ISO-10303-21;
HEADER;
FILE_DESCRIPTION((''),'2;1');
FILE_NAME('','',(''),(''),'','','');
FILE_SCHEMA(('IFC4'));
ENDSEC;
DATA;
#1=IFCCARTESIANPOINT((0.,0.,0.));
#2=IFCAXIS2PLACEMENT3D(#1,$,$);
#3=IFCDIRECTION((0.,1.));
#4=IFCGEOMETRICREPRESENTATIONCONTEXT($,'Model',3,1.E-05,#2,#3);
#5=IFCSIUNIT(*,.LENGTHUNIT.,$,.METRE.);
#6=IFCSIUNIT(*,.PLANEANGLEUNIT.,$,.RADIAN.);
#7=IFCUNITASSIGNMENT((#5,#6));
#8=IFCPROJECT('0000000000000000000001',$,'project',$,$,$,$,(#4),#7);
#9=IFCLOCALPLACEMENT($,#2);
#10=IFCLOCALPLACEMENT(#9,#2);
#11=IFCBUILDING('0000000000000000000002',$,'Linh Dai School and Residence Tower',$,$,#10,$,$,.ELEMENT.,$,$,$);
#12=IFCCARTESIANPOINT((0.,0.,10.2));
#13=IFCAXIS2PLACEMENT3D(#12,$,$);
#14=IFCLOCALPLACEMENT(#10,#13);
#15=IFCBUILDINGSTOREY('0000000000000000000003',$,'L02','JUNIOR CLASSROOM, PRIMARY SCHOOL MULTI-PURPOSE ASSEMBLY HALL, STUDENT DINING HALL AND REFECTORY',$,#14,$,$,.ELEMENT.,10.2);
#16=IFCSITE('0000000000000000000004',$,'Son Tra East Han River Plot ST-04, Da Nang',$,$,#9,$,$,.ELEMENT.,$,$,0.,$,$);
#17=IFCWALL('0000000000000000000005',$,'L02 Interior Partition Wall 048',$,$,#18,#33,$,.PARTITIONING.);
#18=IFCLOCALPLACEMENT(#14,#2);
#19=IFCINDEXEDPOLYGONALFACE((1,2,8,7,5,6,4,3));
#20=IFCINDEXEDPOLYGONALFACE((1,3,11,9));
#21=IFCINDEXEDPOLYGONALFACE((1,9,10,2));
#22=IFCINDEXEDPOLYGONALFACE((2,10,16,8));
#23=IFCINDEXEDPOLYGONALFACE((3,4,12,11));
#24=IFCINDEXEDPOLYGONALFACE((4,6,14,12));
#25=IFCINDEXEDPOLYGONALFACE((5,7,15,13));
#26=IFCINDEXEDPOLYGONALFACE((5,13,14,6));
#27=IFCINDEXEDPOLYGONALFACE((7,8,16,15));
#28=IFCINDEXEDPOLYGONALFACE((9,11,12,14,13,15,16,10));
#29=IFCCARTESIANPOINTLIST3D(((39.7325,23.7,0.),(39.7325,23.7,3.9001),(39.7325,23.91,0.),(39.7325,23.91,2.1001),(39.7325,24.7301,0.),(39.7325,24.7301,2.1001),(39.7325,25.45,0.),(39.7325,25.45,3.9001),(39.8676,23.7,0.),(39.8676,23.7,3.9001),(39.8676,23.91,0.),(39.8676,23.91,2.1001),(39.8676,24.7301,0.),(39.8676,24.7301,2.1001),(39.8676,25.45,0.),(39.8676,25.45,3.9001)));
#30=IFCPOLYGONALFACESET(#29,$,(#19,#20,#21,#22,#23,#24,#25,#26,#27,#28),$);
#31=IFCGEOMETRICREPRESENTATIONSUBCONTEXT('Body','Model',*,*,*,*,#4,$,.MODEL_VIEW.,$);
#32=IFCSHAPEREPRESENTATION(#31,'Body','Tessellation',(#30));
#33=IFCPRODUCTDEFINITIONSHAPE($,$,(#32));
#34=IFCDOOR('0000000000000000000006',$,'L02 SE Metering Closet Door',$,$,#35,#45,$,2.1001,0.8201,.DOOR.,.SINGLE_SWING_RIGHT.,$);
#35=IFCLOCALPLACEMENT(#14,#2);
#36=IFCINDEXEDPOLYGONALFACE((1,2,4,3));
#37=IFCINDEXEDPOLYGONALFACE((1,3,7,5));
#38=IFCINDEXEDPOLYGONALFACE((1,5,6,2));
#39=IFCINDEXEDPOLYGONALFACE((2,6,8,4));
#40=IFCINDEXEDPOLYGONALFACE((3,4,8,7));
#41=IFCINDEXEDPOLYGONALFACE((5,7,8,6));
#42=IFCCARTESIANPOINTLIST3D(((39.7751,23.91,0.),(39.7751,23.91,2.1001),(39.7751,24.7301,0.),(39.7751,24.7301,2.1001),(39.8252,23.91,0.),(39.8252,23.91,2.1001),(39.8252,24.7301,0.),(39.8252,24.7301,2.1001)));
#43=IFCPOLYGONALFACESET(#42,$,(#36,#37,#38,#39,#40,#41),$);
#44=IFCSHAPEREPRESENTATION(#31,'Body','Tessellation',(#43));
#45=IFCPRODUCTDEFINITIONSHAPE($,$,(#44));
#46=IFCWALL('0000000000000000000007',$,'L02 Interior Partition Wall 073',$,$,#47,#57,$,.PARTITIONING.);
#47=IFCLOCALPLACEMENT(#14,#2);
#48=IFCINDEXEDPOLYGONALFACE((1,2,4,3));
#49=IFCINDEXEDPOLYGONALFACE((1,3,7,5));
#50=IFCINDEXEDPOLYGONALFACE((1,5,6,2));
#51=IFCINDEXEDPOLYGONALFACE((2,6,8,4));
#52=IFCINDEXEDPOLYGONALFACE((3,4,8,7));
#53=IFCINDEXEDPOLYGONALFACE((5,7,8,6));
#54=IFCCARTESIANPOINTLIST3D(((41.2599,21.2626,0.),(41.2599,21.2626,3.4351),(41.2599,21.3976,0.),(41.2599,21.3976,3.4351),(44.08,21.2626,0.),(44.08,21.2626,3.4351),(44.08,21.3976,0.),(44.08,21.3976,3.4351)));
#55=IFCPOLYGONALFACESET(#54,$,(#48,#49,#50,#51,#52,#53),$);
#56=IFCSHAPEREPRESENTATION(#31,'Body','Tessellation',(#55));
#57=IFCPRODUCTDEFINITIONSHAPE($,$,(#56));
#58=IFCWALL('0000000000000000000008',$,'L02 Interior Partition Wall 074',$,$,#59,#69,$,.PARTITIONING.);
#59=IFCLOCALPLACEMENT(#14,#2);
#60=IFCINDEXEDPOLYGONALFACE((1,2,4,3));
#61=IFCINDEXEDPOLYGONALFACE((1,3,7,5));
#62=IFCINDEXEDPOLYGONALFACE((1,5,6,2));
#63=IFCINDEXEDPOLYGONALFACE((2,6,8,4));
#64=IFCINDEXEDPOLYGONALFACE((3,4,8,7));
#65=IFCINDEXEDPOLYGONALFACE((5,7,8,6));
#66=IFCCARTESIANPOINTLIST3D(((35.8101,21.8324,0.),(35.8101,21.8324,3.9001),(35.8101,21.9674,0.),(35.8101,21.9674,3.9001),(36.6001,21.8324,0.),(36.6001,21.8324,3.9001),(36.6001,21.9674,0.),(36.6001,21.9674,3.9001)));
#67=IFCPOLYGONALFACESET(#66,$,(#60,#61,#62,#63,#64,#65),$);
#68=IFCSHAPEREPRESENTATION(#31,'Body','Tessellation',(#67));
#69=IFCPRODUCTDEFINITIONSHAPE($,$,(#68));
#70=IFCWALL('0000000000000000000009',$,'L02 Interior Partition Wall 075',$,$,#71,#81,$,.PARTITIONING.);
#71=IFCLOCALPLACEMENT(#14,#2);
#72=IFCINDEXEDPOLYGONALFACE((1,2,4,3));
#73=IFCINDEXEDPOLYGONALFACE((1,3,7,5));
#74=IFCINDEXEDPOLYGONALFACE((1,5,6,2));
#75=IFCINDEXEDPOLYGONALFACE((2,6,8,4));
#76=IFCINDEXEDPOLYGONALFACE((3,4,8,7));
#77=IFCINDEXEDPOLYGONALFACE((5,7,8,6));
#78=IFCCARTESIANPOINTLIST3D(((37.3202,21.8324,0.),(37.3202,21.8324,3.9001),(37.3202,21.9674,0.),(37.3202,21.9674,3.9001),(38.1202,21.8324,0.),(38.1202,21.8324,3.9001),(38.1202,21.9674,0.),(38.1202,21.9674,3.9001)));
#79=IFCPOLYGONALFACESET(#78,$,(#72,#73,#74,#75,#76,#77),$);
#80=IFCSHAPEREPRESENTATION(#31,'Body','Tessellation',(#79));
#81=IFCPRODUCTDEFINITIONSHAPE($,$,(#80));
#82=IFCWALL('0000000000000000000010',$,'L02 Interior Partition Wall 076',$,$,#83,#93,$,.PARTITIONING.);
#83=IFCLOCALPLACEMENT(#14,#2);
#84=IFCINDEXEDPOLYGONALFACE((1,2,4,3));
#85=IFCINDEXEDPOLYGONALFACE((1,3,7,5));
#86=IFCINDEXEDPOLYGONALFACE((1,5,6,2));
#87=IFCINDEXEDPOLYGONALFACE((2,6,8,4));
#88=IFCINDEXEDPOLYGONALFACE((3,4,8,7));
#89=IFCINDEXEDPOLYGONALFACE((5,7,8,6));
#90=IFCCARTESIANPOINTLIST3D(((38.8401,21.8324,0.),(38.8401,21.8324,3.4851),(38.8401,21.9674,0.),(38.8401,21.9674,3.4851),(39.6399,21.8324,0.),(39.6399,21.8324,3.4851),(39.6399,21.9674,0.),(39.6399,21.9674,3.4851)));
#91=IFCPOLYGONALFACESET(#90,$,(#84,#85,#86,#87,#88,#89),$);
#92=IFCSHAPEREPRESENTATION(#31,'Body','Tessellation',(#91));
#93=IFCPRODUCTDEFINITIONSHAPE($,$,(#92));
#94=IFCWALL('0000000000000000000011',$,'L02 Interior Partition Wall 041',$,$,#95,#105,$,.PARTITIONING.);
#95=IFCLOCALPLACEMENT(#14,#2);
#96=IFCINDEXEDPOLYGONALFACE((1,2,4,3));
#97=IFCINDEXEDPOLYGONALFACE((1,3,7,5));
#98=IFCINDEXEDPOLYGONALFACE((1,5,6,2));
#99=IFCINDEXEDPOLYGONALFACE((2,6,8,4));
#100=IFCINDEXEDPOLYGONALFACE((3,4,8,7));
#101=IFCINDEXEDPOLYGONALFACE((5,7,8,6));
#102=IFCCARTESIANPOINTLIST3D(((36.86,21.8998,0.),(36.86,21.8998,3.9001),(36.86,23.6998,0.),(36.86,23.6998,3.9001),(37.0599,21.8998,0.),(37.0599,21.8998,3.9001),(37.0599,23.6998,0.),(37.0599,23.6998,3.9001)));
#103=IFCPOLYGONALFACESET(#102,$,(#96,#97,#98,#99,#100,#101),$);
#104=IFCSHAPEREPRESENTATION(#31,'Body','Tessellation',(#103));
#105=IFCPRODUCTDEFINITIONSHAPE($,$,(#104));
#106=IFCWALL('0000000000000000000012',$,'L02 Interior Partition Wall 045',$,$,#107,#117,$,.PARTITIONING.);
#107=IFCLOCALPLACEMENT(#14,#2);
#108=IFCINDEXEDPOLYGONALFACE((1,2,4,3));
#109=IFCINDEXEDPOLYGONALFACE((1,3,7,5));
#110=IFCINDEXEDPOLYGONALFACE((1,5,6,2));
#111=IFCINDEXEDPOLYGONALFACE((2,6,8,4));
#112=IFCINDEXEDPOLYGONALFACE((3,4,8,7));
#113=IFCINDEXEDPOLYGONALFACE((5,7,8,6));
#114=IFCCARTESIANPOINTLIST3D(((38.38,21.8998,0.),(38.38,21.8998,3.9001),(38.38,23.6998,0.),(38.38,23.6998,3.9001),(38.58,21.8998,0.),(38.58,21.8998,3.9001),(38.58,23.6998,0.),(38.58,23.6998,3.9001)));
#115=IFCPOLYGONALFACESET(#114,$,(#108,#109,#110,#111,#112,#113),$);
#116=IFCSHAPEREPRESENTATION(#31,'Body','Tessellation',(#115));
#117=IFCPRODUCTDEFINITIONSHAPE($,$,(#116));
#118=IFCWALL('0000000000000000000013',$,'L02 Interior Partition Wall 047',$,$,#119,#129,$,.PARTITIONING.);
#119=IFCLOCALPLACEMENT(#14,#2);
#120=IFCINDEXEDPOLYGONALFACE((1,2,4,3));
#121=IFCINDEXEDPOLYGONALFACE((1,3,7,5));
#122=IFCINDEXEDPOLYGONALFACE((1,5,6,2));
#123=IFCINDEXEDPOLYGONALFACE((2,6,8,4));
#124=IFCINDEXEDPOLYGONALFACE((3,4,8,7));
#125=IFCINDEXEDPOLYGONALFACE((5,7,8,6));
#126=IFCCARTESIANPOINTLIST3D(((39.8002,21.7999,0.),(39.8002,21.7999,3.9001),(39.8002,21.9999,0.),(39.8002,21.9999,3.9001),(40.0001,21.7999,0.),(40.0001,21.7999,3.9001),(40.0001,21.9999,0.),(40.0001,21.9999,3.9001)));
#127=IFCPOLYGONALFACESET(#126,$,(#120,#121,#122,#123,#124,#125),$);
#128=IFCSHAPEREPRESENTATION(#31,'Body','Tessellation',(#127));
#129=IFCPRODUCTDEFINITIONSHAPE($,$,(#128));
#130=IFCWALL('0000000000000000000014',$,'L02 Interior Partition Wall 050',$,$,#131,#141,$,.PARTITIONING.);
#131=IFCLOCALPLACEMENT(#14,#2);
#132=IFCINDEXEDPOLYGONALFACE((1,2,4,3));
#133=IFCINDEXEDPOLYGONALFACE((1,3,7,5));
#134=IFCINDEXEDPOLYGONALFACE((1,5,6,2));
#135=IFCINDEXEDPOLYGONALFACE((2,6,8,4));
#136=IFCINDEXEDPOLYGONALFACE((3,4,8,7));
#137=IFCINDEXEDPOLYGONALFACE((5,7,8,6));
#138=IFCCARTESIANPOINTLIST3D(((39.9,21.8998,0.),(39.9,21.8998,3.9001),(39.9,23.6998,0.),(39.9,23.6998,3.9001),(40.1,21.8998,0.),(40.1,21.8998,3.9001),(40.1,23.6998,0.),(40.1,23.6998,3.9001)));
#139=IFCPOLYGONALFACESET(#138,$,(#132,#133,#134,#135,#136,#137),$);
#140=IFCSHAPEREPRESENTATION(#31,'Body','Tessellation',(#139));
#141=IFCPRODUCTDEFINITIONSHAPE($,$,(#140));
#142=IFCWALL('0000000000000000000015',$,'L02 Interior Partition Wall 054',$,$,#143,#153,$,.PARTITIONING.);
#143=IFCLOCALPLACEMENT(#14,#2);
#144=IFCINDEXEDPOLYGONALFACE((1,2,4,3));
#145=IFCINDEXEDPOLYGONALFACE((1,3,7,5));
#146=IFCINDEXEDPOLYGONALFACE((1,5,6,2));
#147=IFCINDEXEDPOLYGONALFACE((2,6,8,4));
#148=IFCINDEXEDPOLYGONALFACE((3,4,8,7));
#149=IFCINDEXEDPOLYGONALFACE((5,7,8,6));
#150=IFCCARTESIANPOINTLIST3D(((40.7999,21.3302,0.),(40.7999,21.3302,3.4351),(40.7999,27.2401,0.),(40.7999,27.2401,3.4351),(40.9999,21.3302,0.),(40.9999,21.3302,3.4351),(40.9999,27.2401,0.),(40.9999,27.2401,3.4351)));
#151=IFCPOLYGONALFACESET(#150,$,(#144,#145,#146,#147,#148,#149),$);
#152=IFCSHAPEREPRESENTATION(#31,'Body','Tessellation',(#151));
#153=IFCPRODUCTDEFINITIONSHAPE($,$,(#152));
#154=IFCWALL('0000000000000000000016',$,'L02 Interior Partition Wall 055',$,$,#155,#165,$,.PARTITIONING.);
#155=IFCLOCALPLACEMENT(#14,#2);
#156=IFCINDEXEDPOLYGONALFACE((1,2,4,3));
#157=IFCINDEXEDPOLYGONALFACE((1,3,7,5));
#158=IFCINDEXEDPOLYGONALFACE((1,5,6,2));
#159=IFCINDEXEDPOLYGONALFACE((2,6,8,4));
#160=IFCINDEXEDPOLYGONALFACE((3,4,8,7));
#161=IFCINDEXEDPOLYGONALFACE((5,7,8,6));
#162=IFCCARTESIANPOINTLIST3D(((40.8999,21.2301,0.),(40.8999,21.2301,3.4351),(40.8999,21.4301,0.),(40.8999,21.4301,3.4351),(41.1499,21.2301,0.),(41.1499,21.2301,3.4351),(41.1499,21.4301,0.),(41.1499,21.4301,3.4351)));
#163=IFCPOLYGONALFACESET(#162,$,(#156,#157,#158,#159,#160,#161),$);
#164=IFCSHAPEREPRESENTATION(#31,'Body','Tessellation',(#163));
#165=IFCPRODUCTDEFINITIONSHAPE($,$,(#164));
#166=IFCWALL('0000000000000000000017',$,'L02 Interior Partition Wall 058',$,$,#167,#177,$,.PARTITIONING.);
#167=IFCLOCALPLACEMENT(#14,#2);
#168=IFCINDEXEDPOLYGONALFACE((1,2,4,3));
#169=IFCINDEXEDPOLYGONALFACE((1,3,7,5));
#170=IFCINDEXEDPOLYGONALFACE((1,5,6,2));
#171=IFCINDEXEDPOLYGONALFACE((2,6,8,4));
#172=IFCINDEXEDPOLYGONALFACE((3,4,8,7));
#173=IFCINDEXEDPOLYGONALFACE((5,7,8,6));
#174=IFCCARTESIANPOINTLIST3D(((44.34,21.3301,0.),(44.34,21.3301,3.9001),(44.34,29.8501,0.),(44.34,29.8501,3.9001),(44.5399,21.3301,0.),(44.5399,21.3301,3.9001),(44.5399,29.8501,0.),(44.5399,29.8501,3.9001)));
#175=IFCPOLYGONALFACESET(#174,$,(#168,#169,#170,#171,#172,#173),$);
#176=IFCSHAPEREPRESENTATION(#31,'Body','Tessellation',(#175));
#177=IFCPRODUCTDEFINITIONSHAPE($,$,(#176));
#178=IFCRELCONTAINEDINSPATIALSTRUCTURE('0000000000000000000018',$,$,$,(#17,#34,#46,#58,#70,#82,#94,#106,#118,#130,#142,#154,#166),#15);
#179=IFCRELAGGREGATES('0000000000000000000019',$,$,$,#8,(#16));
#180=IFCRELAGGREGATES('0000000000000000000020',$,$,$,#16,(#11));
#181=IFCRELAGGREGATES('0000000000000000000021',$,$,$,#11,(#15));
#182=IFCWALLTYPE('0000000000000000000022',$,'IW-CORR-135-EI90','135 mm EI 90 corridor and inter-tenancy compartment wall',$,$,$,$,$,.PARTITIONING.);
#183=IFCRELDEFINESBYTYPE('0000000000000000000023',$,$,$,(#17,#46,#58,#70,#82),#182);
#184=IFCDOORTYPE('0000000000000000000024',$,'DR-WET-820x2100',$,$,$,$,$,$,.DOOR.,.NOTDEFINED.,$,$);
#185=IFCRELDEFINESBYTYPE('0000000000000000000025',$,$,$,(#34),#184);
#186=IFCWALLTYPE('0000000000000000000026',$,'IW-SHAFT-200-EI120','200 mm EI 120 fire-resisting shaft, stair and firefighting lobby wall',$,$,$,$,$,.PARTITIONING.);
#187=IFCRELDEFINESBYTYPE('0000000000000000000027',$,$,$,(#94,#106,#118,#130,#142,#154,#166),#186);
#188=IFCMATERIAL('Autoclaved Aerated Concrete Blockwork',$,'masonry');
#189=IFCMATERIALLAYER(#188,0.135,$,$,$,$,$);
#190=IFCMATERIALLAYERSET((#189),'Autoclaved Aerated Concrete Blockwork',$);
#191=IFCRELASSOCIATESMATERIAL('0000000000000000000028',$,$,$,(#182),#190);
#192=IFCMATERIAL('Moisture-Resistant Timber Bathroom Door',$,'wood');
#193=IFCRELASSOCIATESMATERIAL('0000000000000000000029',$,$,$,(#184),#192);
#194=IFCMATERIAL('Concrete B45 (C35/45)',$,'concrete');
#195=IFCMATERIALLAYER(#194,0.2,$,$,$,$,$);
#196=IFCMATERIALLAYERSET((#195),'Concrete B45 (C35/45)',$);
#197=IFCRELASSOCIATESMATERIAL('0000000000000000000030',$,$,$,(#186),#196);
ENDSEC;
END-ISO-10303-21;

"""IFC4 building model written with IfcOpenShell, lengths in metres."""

from ifc_helpers import new_model, si_unit, direction, frame, frame_2d, origin, origin_2d, place, context, subcontext, project, spatial, rectangle, extrude, source, transform, mapped, material, layer, layer_set, type_object, element, fill, save


model = new_model("IFC4")

# Units and contexts
model_context = context("Model", 3, precision=1e-05, world=origin(), true_north=direction((0.0, 1.0)))
body_context = subcontext(model_context, "Body", "Model", "MODEL_VIEW")
ifc_project = project(units=[si_unit("LENGTHUNIT", "METRE"), si_unit("PLANEANGLEUNIT", "RADIAN")], contexts=[model_context])

# Site, building, storey
site_placement = place(None, origin())
site = spatial("IfcSite", under=ifc_project, at=site_placement, Name="Son Tra East Han River Plot ST-04, Da Nang", CompositionType="ELEMENT", RefElevation=0.0)
building_placement = place(site_placement, origin())
building = spatial("IfcBuilding", under=site, at=building_placement, Name="Linh Dai School and Residence Tower", CompositionType="ELEMENT")
storey_placement = place(building_placement, frame((0.0, 0.0, 10.2)))
storey = spatial("IfcBuildingStorey", under=building, at=storey_placement, Name="L02", Description="JUNIOR CLASSROOM, PRIMARY SCHOOL MULTI-PURPOSE ASSEMBLY HALL, STUDENT DINING HALL AND REFECTORY", CompositionType="ELEMENT", Elevation=10.2)

# Wall, opening, door
ifc_material_1 = material(Name="Autoclaved Aerated Concrete Blockwork", Category="masonry")
ifc_layer_1 = layer(ifc_material_1, 0.135)
ifc_layer_set_1 = layer_set([ifc_layer_1], Name="Autoclaved Aerated Concrete Blockwork")
wall_type_1 = type_object("IfcWallType", Name="IW-CORR-135-EI90", Description="135 mm EI 90 corridor and inter-tenancy compartment wall", PredefinedType="PARTITIONING", material=ifc_layer_set_1)
wall_1_placement = place(storey_placement, frame((39.8, 23.7, 0.0), z_axis=(0.0, 0.0, 1.0), x_axis=(0.0, 1.0, 0.0)))
wall_1 = element("IfcWall", 1, at=wall_1_placement, inside=storey, type_object=wall_type_1, Name="L02 Interior Partition Wall 048", PredefinedType="PARTITIONING", context=body_context, shape_type="SweptSolid", body=[
    extrude(rectangle(XDim=1.75, YDim=0.135, at=frame_2d((0.875, 0.0))), origin(), (0.0, 0.0, 1.0), 3.9001),
])
opening_placement = place(wall_1_placement, frame((0.21, 0.0, 0.0)))
opening = element("IfcOpeningElement", 2, at=opening_placement, cuts=wall_1, PredefinedType="OPENING", context=body_context, shape_type="SweptSolid", body=[
    extrude(rectangle(XDim=0.8201, YDim=2.1001, at=origin_2d()), frame((0.4102, 0.0776, 1.05), z_axis=(0.0, -1.0, 0.0), x_axis=(1.0, 0.0, 0.0)), (0.0, 0.0, 1.0), 0.155),
])
ifc_material_2 = material(Name="Moisture-Resistant Timber Bathroom Door", Category="wood")
door_type = type_object("IfcDoorType", Name="DR-WET-820x2100", OperationType="NOTDEFINED", PredefinedType="DOOR", material=ifc_material_2)
shared_shape_1 = source(origin(), body_context, "Body", "SweptSolid", [
    extrude(rectangle(XDim=0.8201, YDim=2.1001, at=origin_2d()), frame((0.4102, 0.0249, 1.05), z_axis=(0.0, -1.0, 0.0), x_axis=(1.0, 0.0, 0.0)), (0.0, 0.0, 1.0), 0.05),
])
door_placement = place(opening_placement, origin())
door = element("IfcDoor", 3, at=door_placement, inside=storey, type_object=door_type, Name="L02 SE Metering Closet Door", OperationType="SINGLE_SWING_RIGHT", OverallHeight=2.1001, OverallWidth=0.8201, PredefinedType="DOOR", context=body_context, shape_type="MappedRepresentation", body=[
    mapped(shared_shape_1, transform((0.0, 0.0, 0.0), x_axis=(1.0, 0.0, 0.0), y_axis=(0.0, 1.0, 0.0), z_axis=(0.0, 0.0, 1.0), scale=1.0)),
])
fill(opening, door)

# Walls
wall_2_placement = place(storey_placement, frame((44.0801, 21.3301, 0.0), z_axis=(0.0, 0.0, 1.0), x_axis=(-1.0, 0.0, 0.0)))
element("IfcWall", 4, at=wall_2_placement, inside=storey, type_object=wall_type_1, Name="L02 Interior Partition Wall 073", PredefinedType="PARTITIONING", context=body_context, shape_type="SweptSolid", body=[
    extrude(rectangle(XDim=2.8201, YDim=0.135, at=frame_2d((1.4102, 0.0))), origin(), (0.0, 0.0, 1.0), 3.4351),
])
wall_3_placement = place(storey_placement, frame((36.6001, 21.8999, 0.0), z_axis=(0.0, 0.0, 1.0), x_axis=(-1.0, 0.0, 0.0)))
element("IfcWall", 5, at=wall_3_placement, inside=storey, type_object=wall_type_1, Name="L02 Interior Partition Wall 074", PredefinedType="PARTITIONING", context=body_context, shape_type="SweptSolid", body=[
    extrude(rectangle(XDim=0.79, YDim=0.135, at=frame_2d((0.395, 0.0))), origin(), (0.0, 0.0, 1.0), 3.9001),
])
wall_4_placement = place(storey_placement, frame((38.1201, 21.8999, 0.0), z_axis=(0.0, 0.0, 1.0), x_axis=(-1.0, 0.0, 0.0)))
element("IfcWall", 6, at=wall_4_placement, inside=storey, type_object=wall_type_1, Name="L02 Interior Partition Wall 075", PredefinedType="PARTITIONING", context=body_context, shape_type="SweptSolid", body=[
    extrude(rectangle(XDim=0.8, YDim=0.135, at=frame_2d((0.3999, 0.0))), origin(), (0.0, 0.0, 1.0), 3.9001),
])
wall_5_placement = place(storey_placement, frame((39.6399, 21.8999, 0.0), z_axis=(0.0, 0.0, 1.0), x_axis=(-1.0, 0.0, 0.0)))
element("IfcWall", 7, at=wall_5_placement, inside=storey, type_object=wall_type_1, Name="L02 Interior Partition Wall 076", PredefinedType="PARTITIONING", context=body_context, shape_type="SweptSolid", body=[
    extrude(rectangle(XDim=0.7998, YDim=0.135, at=frame_2d((0.3999, 0.0))), origin(), (0.0, 0.0, 1.0), 3.4851),
])
ifc_material_3 = material(Name="Concrete B45 (C35/45)", Category="concrete")
ifc_layer_2 = layer(ifc_material_3, 0.2)
ifc_layer_set_2 = layer_set([ifc_layer_2], Name="Concrete B45 (C35/45)")
wall_type_2 = type_object("IfcWallType", Name="IW-SHAFT-200-EI120", Description="200 mm EI 120 fire-resisting shaft, stair and firefighting lobby wall", PredefinedType="PARTITIONING", material=ifc_layer_set_2)
for number, where, z_axis, x_axis, name in (
    (8, (36.96, 21.8999, 0.0), (0.0, 0.0, 1.0), (0.0, 1.0, 0.0), "L02 Interior Partition Wall 041"),
    (9, (38.48, 21.8999, 0.0), (0.0, 0.0, 1.0), (0.0, 1.0, 0.0), "L02 Interior Partition Wall 045"),
):
    element("IfcWall", number, at=place(storey_placement, frame(where, z_axis=z_axis, x_axis=x_axis)), inside=storey, type_object=wall_type_2, Name=name, PredefinedType="PARTITIONING", context=body_context, shape_type="SweptSolid", body=[
        extrude(rectangle(XDim=1.8, YDim=0.2, at=frame_2d((0.8999, 0.0))), origin(), (0.0, 0.0, 1.0), 3.9001),
    ])
wall_6_placement = place(storey_placement, frame((39.8, 21.8999, 0.0), z_axis=(0.0, 0.0, 1.0), x_axis=(1.0, 0.0, 0.0)))
element("IfcWall", 10, at=wall_6_placement, inside=storey, type_object=wall_type_2, Name="L02 Interior Partition Wall 047", PredefinedType="PARTITIONING", context=body_context, shape_type="SweptSolid", body=[
    extrude(rectangle(XDim=0.2, YDim=0.2, at=frame_2d((0.1001, 0.0))), origin(), (0.0, 0.0, 1.0), 3.9001),
])
wall_7_placement = place(storey_placement, frame((40.0, 21.8999, 0.0), z_axis=(0.0, 0.0, 1.0), x_axis=(0.0, 1.0, 0.0)))
element("IfcWall", 11, at=wall_7_placement, inside=storey, type_object=wall_type_2, Name="L02 Interior Partition Wall 050", PredefinedType="PARTITIONING", context=body_context, shape_type="SweptSolid", body=[
    extrude(rectangle(XDim=1.8, YDim=0.2, at=frame_2d((0.8999, 0.0))), origin(), (0.0, 0.0, 1.0), 3.9001),
])
wall_8_placement = place(storey_placement, frame((40.8999, 21.3301, 0.0), z_axis=(0.0, 0.0, 1.0), x_axis=(0.0, 1.0, 0.0)))
element("IfcWall", 12, at=wall_8_placement, inside=storey, type_object=wall_type_2, Name="L02 Interior Partition Wall 054", PredefinedType="PARTITIONING", context=body_context, shape_type="SweptSolid", body=[
    extrude(rectangle(XDim=5.9099, YDim=0.2, at=frame_2d((2.9551, 0.0))), origin(), (0.0, 0.0, 1.0), 3.4351),
])
wall_9_placement = place(storey_placement, frame((40.8999, 21.3301, 0.0), z_axis=(0.0, 0.0, 1.0), x_axis=(1.0, 0.0, 0.0)))
element("IfcWall", 13, at=wall_9_placement, inside=storey, type_object=wall_type_2, Name="L02 Interior Partition Wall 055", PredefinedType="PARTITIONING", context=body_context, shape_type="SweptSolid", body=[
    extrude(rectangle(XDim=0.25, YDim=0.2, at=frame_2d((0.125, 0.0))), origin(), (0.0, 0.0, 1.0), 3.4351),
])
wall_10_placement = place(storey_placement, frame((44.4399, 21.3301, 0.0), z_axis=(0.0, 0.0, 1.0), x_axis=(0.0, 1.0, 0.0)))
element("IfcWall", 14, at=wall_10_placement, inside=storey, type_object=wall_type_2, Name="L02 Interior Partition Wall 058", PredefinedType="PARTITIONING", context=body_context, shape_type="SweptSolid", body=[
    extrude(rectangle(XDim=8.52, YDim=0.2, at=frame_2d((4.26, 0.0))), origin(), (0.0, 0.0, 1.0), 3.9001),
])

save(model, "model.ifc")
